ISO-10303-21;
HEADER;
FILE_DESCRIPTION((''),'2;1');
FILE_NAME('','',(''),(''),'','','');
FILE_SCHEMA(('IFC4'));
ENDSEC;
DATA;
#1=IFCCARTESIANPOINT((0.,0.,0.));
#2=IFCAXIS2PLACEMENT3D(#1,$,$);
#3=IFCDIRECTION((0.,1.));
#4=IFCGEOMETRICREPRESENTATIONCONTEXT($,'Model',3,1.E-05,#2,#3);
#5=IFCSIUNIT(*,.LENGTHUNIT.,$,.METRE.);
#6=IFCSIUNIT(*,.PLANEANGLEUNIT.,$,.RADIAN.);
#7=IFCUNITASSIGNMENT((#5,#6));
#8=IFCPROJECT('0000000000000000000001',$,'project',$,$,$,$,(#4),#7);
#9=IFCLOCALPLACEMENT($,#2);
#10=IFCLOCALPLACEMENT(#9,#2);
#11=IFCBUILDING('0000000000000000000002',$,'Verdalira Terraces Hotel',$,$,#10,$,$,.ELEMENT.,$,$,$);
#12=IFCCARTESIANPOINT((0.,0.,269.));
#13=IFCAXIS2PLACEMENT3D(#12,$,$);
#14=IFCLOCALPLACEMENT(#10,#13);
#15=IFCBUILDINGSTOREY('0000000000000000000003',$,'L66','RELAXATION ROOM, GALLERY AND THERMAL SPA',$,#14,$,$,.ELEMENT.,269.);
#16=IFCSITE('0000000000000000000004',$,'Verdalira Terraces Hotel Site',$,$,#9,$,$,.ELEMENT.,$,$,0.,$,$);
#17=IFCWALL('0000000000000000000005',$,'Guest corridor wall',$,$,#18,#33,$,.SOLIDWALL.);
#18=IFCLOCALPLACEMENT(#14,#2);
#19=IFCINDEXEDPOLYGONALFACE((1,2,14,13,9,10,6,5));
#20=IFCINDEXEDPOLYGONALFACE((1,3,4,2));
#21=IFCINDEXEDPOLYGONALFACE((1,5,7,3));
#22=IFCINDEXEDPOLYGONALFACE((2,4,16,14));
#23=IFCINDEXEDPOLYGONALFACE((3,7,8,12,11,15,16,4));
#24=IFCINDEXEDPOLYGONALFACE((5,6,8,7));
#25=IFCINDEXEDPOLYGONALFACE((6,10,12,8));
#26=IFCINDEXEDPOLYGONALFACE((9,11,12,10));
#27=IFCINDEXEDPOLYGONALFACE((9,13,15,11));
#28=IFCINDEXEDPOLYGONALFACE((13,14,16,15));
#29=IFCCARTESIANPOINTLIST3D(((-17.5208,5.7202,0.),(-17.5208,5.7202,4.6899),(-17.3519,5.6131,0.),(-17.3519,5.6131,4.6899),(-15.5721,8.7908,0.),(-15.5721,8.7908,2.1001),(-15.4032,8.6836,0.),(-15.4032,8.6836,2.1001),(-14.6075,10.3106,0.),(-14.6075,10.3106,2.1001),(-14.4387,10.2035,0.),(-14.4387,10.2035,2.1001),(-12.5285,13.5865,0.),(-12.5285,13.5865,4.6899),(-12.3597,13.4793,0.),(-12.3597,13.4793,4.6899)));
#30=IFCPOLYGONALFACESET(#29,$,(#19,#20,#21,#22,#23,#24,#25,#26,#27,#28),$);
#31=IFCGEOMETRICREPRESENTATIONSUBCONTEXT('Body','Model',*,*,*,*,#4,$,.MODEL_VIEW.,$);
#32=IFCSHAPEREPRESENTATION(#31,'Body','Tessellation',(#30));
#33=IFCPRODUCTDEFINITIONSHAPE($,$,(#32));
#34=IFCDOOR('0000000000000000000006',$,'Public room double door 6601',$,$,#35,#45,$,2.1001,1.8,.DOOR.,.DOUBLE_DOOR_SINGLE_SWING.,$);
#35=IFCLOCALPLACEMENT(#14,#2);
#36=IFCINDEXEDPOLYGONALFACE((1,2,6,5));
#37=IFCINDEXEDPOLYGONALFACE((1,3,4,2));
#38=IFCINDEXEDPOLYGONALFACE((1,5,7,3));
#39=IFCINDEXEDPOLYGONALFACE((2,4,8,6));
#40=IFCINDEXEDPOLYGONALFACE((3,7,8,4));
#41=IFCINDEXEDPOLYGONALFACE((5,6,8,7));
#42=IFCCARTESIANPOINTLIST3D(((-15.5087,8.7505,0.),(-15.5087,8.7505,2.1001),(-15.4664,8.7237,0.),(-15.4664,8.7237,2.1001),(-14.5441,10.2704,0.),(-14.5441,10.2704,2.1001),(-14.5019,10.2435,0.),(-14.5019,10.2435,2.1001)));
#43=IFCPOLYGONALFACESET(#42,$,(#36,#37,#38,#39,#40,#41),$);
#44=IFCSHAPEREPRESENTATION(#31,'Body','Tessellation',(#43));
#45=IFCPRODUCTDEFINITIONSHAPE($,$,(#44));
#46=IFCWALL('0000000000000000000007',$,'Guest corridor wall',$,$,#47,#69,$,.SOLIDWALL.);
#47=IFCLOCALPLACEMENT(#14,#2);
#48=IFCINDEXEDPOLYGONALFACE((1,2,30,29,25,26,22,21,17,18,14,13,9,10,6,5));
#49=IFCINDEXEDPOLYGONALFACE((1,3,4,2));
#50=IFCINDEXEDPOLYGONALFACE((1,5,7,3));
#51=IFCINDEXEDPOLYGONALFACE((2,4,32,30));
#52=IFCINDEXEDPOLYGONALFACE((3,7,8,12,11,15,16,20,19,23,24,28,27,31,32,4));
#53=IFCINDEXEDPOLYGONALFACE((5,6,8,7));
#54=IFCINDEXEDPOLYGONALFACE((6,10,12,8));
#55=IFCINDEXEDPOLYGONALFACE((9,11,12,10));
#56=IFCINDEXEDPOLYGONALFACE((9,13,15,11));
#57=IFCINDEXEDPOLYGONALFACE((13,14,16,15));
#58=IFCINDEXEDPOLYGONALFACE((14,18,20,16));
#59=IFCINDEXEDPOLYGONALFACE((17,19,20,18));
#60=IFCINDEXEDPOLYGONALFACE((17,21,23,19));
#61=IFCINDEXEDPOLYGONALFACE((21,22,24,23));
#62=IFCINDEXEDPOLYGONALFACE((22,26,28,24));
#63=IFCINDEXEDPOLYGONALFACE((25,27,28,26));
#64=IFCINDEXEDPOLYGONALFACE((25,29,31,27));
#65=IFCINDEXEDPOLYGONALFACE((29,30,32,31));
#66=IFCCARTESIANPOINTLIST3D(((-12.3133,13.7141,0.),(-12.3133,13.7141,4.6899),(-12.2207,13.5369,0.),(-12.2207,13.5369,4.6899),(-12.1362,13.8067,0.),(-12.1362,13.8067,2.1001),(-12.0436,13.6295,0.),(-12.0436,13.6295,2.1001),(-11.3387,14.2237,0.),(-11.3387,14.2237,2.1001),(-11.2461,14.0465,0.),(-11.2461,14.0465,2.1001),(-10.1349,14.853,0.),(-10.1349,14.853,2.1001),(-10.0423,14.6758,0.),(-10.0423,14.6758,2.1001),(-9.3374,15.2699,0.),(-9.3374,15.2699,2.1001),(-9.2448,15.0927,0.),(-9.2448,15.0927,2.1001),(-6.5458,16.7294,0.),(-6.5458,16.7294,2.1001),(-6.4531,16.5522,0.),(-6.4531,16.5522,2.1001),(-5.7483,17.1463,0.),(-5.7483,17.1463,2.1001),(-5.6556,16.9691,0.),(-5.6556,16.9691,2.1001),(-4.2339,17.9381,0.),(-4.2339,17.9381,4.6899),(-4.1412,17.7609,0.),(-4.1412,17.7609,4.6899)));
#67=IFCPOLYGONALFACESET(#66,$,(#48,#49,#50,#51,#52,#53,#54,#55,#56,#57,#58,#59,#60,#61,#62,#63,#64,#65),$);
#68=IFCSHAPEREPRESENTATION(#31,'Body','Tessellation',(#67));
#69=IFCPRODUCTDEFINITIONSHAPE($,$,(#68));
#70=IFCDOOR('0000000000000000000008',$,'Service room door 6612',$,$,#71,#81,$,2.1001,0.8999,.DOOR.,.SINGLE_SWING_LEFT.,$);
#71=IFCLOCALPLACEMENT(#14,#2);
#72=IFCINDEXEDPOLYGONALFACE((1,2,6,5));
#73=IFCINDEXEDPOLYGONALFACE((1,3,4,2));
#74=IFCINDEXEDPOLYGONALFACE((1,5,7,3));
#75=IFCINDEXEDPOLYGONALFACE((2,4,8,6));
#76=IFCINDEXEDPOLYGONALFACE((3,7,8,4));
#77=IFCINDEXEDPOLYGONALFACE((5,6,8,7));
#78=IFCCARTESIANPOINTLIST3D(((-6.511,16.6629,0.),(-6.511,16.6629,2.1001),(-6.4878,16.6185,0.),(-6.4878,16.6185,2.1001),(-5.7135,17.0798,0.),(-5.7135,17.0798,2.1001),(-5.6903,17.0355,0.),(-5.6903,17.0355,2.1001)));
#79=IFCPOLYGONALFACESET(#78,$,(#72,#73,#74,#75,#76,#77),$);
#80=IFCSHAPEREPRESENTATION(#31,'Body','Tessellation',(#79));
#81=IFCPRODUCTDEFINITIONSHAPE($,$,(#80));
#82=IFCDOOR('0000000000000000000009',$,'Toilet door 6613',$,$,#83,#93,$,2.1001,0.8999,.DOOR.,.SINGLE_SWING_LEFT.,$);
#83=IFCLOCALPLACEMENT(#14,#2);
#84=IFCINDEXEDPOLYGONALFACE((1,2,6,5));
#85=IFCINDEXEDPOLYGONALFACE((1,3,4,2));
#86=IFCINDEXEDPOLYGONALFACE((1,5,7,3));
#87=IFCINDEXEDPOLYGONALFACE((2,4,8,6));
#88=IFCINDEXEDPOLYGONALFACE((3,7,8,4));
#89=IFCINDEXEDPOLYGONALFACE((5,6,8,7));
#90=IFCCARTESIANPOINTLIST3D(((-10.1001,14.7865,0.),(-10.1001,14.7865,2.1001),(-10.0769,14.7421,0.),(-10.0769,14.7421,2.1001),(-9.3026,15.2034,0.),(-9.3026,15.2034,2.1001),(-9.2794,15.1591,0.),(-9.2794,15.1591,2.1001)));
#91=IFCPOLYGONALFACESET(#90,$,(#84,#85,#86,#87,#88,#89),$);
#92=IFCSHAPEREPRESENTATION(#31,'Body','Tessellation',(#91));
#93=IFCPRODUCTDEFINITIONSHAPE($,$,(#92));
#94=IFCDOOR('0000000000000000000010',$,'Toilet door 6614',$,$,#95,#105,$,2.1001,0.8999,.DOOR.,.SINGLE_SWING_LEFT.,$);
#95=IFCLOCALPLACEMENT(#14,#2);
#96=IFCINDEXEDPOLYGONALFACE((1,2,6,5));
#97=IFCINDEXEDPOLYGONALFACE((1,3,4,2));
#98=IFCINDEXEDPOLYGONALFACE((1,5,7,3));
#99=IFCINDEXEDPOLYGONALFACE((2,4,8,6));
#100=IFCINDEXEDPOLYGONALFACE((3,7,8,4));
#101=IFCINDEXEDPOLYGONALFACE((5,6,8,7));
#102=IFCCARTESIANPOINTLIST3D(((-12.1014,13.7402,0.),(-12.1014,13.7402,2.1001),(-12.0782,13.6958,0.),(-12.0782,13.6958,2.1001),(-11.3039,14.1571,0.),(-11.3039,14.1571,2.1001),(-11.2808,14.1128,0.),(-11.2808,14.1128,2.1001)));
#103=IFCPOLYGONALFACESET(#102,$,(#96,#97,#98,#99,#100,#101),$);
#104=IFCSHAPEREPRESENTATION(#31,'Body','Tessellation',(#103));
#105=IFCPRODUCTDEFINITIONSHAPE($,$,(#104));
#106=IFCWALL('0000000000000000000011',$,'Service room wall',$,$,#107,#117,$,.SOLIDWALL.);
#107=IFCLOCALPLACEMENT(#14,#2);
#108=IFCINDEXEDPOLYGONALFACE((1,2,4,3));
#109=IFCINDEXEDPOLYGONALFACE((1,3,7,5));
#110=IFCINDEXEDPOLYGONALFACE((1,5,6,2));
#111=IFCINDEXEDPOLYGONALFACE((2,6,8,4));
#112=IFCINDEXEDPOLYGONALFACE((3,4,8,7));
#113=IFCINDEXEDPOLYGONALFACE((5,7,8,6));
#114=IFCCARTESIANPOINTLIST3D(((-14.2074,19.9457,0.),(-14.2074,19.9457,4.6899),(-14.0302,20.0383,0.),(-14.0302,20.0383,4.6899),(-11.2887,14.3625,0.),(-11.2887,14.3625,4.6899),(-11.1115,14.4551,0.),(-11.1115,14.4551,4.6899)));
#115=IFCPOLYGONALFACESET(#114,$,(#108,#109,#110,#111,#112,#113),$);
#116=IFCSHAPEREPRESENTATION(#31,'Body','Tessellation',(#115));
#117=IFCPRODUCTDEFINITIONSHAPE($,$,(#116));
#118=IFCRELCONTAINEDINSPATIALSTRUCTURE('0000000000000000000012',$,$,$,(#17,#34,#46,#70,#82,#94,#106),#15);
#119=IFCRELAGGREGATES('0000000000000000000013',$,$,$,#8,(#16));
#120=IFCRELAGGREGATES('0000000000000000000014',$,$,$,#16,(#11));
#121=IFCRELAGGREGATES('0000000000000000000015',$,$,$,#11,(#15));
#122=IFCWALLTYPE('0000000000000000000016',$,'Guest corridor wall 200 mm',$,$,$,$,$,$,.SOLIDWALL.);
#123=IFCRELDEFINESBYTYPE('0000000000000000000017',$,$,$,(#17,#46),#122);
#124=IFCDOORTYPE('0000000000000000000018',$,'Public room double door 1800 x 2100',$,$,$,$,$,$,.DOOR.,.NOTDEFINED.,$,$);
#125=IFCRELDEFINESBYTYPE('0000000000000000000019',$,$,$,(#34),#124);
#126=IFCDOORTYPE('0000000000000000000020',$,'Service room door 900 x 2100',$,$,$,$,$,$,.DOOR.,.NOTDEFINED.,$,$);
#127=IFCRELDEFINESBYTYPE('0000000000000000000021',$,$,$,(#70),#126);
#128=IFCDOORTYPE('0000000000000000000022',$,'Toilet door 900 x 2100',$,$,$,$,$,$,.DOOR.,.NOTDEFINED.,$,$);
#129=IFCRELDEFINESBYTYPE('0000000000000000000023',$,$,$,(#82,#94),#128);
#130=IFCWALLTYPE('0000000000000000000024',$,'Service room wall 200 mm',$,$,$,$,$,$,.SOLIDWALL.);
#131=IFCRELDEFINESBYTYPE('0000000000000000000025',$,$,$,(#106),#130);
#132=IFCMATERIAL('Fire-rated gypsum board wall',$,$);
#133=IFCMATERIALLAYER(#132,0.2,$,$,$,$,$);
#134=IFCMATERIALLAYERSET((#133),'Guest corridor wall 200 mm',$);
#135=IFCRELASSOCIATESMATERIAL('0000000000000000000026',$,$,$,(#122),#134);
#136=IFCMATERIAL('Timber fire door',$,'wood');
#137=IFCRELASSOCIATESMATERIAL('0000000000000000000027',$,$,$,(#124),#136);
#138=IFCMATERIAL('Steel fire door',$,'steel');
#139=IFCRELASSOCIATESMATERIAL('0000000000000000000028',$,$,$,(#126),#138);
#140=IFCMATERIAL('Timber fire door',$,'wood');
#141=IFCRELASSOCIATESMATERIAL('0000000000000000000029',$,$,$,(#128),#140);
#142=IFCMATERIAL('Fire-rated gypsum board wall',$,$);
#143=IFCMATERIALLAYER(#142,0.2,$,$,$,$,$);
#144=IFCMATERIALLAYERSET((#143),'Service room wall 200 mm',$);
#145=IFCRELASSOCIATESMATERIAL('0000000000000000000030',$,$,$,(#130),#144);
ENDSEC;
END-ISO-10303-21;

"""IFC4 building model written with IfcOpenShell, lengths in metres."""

from ifc_helpers import new_model, si_unit, direction, frame, frame_2d, origin, place, context, subcontext, project, spatial, rectangle, extrude, material, layer, layer_set, type_object, element, fill, save


model = new_model("IFC4")

# Units and contexts
model_context = context("Model", 3, precision=1e-05, world=origin(), true_north=direction((0.0, 1.0)))
body_context = subcontext(model_context, "Body", "Model", "MODEL_VIEW")
ifc_project = project(units=[si_unit("LENGTHUNIT", "METRE"), si_unit("PLANEANGLEUNIT", "RADIAN")], contexts=[model_context])

# Site, building, storey
site_placement = place(None, origin())
site = spatial("IfcSite", under=ifc_project, at=site_placement, Name="Verdalira Terraces Hotel Site", CompositionType="ELEMENT", RefElevation=0.0)
building_placement = place(site_placement, origin())
building = spatial("IfcBuilding", under=site, at=building_placement, Name="Verdalira Terraces Hotel", CompositionType="ELEMENT")
storey_placement = place(building_placement, frame((0.0, 0.0, 269.0)))
storey = spatial("IfcBuildingStorey", under=building, at=storey_placement, Name="L66", Description="RELAXATION ROOM, GALLERY AND THERMAL SPA", CompositionType="ELEMENT", Elevation=269.0)

# Wall, opening, door
ifc_material_1 = material(Name="Fire-rated gypsum board wall")
ifc_layer_1 = layer(ifc_material_1, 0.2)
ifc_layer_set_1 = layer_set([ifc_layer_1], Name="Guest corridor wall 200 mm")
wall_type_1 = type_object("IfcWallType", Name="Guest corridor wall 200 mm", PredefinedType="SOLIDWALL", material=ifc_layer_set_1)
wall_1_placement = place(storey_placement, frame((-17.4363, 5.6667, 0.0), z_axis=(0.0, 0.0, 1.0), x_axis=(0.535837, 0.844321, 0.0)))
wall_1 = element("IfcWall", 1, at=wall_1_placement, inside=storey, type_object=wall_type_1, Name="Guest corridor wall", PredefinedType="SOLIDWALL", context=body_context, shape_type="SweptSolid", body=[
    extrude(rectangle(XDim=9.3166, YDim=0.2, at=frame_2d((4.6582, 0.0))), origin(), (0.0, 0.0, 1.0), 4.6899),
])
opening_1_placement = place(wall_1_placement, frame((3.6367, 0.0, 0.0)))
opening_1 = element("IfcOpeningElement", 2, at=opening_1_placement, cuts=wall_1, PredefinedType="OPENING", context=body_context, shape_type="SweptSolid", body=[
    extrude(rectangle(XDim=1.8, YDim=2.1001, at=frame_2d((0.8999, 1.05))), frame((0.0, 0.1099, 0.0), z_axis=(0.0, -1.0, 0.0), x_axis=(1.0, 0.0, 0.0)), (0.0, 0.0, 1.0), 0.22),
])
ifc_material_2 = material(Name="Timber fire door", Category="wood")
door_type_1 = type_object("IfcDoorType", Name="Public room double door 1800 x 2100", OperationType="NOTDEFINED", PredefinedType="DOOR", material=ifc_material_2)
door_1_placement = place(opening_1_placement, origin())
door_1 = element("IfcDoor", 3, at=door_1_placement, inside=storey, type_object=door_type_1, Name="Public room double door 6601", OperationType="DOUBLE_DOOR_SINGLE_SWING", OverallHeight=2.1001, OverallWidth=1.8, PredefinedType="DOOR", context=body_context, shape_type="SweptSolid", body=[
    extrude(rectangle(XDim=1.8, YDim=2.1001, at=frame_2d((0.8999, 1.05))), frame((0.0, 0.0249, 0.0), z_axis=(0.0, -1.0, 0.0), x_axis=(1.0, 0.0, 0.0)), (0.0, 0.0, 1.0), 0.05),
])
fill(opening_1, door_1)

# Wall, openings, doors
wall_2_placement = place(storey_placement, frame((-12.2671, 13.6255, 0.0), z_axis=(0.0, 0.0, 1.0), x_axis=(0.886199, 0.463304, 0.0)))
wall_2 = element("IfcWall", 4, at=wall_2_placement, inside=storey, type_object=wall_type_1, Name="Guest corridor wall", PredefinedType="SOLIDWALL", context=body_context, shape_type="SweptSolid", body=[
    extrude(rectangle(XDim=9.1169, YDim=0.2, at=frame_2d((4.5586, 0.0))), origin(), (0.0, 0.0, 1.0), 4.6899),
])
opening_2_placement = place(wall_2_placement, frame((6.5083, 0.0, 0.0)))
opening_2 = element("IfcOpeningElement", 5, at=opening_2_placement, cuts=wall_2, PredefinedType="OPENING", context=body_context, shape_type="SweptSolid", body=[
    extrude(rectangle(XDim=0.8999, YDim=2.1001, at=frame_2d((0.45, 1.05))), frame((0.0, 0.1099, 0.0), z_axis=(0.0, -1.0, 0.0), x_axis=(1.0, 0.0, 0.0)), (0.0, 0.0, 1.0), 0.22),
])
opening_3_placement = place(wall_2_placement, frame((2.4583, 0.0, 0.0)))
opening_3 = element("IfcOpeningElement", 6, at=opening_3_placement, cuts=wall_2, PredefinedType="OPENING", context=body_context, shape_type="SweptSolid", body=[
    extrude(rectangle(XDim=0.8999, YDim=2.1001, at=frame_2d((0.45, 1.05))), frame((0.0, 0.1099, 0.0), z_axis=(0.0, -1.0, 0.0), x_axis=(1.0, 0.0, 0.0)), (0.0, 0.0, 1.0), 0.22),
])
opening_4_placement = place(wall_2_placement, frame((0.2, 0.0, 0.0)))
opening_4 = element("IfcOpeningElement", 7, at=opening_4_placement, cuts=wall_2, PredefinedType="OPENING", context=body_context, shape_type="SweptSolid", body=[
    extrude(rectangle(XDim=0.8999, YDim=2.1001, at=frame_2d((0.45, 1.05))), frame((0.0, 0.1099, 0.0), z_axis=(0.0, -1.0, 0.0), x_axis=(1.0, 0.0, 0.0)), (0.0, 0.0, 1.0), 0.22),
])
ifc_material_3 = material(Name="Steel fire door", Category="steel")
door_type_2 = type_object("IfcDoorType", Name="Service room door 900 x 2100", OperationType="NOTDEFINED", PredefinedType="DOOR", material=ifc_material_3)
door_2_placement = place(opening_2_placement, origin())
door_2 = element("IfcDoor", 8, at=door_2_placement, inside=storey, type_object=door_type_2, Name="Service room door 6612", OperationType="SINGLE_SWING_LEFT", OverallHeight=2.1001, OverallWidth=0.8999, PredefinedType="DOOR", context=body_context, shape_type="SweptSolid", body=[
    extrude(rectangle(XDim=0.8999, YDim=2.1001, at=frame_2d((0.45, 1.05))), frame((0.0, 0.0249, 0.0), z_axis=(0.0, -1.0, 0.0), x_axis=(1.0, 0.0, 0.0)), (0.0, 0.0, 1.0), 0.05),
])
fill(opening_2, door_2)
ifc_material_4 = material(Name="Timber fire door", Category="wood")
door_type_3 = type_object("IfcDoorType", Name="Toilet door 900 x 2100", OperationType="NOTDEFINED", PredefinedType="DOOR", material=ifc_material_4)
door_3_placement = place(opening_3_placement, origin())
door_3 = element("IfcDoor", 9, at=door_3_placement, inside=storey, type_object=door_type_3, Name="Toilet door 6613", OperationType="SINGLE_SWING_LEFT", OverallHeight=2.1001, OverallWidth=0.8999, PredefinedType="DOOR", context=body_context, shape_type="SweptSolid", body=[
    extrude(rectangle(XDim=0.8999, YDim=2.1001, at=frame_2d((0.45, 1.05))), frame((0.0, 0.0249, 0.0), z_axis=(0.0, -1.0, 0.0), x_axis=(1.0, 0.0, 0.0)), (0.0, 0.0, 1.0), 0.05),
])
fill(opening_3, door_3)
door_4_placement = place(opening_4_placement, origin())
door_4 = element("IfcDoor", 10, at=door_4_placement, inside=storey, type_object=door_type_3, Name="Toilet door 6614", OperationType="SINGLE_SWING_LEFT", OverallHeight=2.1001, OverallWidth=0.8999, PredefinedType="DOOR", context=body_context, shape_type="SweptSolid", body=[
    extrude(rectangle(XDim=0.8999, YDim=2.1001, at=frame_2d((0.45, 1.05))), frame((0.0, 0.0249, 0.0), z_axis=(0.0, -1.0, 0.0), x_axis=(1.0, 0.0, 0.0)), (0.0, 0.0, 1.0), 0.05),
])
fill(opening_4, door_4)

# Wall
ifc_material_5 = material(Name="Fire-rated gypsum board wall")
ifc_layer_2 = layer(ifc_material_5, 0.2)
ifc_layer_set_2 = layer_set([ifc_layer_2], Name="Service room wall 200 mm")
wall_type_2 = type_object("IfcWallType", Name="Service room wall 200 mm", PredefinedType="SOLIDWALL", material=ifc_layer_set_2)
wall_3_placement = place(storey_placement, frame((-11.2002, 14.4089, 0.0), z_axis=(0.0, 0.0, 1.0), x_axis=(-0.463277, 0.886214, 0.0)))
element("IfcWall", 11, at=wall_3_placement, inside=storey, type_object=wall_type_2, Name="Service room wall", PredefinedType="SOLIDWALL", context=body_context, shape_type="SweptSolid", body=[
    extrude(rectangle(XDim=6.3, YDim=0.2, at=frame_2d((3.1499, 0.0))), origin(), (0.0, 0.0, 1.0), 4.6899),
])

save(model, "model.ifc")
